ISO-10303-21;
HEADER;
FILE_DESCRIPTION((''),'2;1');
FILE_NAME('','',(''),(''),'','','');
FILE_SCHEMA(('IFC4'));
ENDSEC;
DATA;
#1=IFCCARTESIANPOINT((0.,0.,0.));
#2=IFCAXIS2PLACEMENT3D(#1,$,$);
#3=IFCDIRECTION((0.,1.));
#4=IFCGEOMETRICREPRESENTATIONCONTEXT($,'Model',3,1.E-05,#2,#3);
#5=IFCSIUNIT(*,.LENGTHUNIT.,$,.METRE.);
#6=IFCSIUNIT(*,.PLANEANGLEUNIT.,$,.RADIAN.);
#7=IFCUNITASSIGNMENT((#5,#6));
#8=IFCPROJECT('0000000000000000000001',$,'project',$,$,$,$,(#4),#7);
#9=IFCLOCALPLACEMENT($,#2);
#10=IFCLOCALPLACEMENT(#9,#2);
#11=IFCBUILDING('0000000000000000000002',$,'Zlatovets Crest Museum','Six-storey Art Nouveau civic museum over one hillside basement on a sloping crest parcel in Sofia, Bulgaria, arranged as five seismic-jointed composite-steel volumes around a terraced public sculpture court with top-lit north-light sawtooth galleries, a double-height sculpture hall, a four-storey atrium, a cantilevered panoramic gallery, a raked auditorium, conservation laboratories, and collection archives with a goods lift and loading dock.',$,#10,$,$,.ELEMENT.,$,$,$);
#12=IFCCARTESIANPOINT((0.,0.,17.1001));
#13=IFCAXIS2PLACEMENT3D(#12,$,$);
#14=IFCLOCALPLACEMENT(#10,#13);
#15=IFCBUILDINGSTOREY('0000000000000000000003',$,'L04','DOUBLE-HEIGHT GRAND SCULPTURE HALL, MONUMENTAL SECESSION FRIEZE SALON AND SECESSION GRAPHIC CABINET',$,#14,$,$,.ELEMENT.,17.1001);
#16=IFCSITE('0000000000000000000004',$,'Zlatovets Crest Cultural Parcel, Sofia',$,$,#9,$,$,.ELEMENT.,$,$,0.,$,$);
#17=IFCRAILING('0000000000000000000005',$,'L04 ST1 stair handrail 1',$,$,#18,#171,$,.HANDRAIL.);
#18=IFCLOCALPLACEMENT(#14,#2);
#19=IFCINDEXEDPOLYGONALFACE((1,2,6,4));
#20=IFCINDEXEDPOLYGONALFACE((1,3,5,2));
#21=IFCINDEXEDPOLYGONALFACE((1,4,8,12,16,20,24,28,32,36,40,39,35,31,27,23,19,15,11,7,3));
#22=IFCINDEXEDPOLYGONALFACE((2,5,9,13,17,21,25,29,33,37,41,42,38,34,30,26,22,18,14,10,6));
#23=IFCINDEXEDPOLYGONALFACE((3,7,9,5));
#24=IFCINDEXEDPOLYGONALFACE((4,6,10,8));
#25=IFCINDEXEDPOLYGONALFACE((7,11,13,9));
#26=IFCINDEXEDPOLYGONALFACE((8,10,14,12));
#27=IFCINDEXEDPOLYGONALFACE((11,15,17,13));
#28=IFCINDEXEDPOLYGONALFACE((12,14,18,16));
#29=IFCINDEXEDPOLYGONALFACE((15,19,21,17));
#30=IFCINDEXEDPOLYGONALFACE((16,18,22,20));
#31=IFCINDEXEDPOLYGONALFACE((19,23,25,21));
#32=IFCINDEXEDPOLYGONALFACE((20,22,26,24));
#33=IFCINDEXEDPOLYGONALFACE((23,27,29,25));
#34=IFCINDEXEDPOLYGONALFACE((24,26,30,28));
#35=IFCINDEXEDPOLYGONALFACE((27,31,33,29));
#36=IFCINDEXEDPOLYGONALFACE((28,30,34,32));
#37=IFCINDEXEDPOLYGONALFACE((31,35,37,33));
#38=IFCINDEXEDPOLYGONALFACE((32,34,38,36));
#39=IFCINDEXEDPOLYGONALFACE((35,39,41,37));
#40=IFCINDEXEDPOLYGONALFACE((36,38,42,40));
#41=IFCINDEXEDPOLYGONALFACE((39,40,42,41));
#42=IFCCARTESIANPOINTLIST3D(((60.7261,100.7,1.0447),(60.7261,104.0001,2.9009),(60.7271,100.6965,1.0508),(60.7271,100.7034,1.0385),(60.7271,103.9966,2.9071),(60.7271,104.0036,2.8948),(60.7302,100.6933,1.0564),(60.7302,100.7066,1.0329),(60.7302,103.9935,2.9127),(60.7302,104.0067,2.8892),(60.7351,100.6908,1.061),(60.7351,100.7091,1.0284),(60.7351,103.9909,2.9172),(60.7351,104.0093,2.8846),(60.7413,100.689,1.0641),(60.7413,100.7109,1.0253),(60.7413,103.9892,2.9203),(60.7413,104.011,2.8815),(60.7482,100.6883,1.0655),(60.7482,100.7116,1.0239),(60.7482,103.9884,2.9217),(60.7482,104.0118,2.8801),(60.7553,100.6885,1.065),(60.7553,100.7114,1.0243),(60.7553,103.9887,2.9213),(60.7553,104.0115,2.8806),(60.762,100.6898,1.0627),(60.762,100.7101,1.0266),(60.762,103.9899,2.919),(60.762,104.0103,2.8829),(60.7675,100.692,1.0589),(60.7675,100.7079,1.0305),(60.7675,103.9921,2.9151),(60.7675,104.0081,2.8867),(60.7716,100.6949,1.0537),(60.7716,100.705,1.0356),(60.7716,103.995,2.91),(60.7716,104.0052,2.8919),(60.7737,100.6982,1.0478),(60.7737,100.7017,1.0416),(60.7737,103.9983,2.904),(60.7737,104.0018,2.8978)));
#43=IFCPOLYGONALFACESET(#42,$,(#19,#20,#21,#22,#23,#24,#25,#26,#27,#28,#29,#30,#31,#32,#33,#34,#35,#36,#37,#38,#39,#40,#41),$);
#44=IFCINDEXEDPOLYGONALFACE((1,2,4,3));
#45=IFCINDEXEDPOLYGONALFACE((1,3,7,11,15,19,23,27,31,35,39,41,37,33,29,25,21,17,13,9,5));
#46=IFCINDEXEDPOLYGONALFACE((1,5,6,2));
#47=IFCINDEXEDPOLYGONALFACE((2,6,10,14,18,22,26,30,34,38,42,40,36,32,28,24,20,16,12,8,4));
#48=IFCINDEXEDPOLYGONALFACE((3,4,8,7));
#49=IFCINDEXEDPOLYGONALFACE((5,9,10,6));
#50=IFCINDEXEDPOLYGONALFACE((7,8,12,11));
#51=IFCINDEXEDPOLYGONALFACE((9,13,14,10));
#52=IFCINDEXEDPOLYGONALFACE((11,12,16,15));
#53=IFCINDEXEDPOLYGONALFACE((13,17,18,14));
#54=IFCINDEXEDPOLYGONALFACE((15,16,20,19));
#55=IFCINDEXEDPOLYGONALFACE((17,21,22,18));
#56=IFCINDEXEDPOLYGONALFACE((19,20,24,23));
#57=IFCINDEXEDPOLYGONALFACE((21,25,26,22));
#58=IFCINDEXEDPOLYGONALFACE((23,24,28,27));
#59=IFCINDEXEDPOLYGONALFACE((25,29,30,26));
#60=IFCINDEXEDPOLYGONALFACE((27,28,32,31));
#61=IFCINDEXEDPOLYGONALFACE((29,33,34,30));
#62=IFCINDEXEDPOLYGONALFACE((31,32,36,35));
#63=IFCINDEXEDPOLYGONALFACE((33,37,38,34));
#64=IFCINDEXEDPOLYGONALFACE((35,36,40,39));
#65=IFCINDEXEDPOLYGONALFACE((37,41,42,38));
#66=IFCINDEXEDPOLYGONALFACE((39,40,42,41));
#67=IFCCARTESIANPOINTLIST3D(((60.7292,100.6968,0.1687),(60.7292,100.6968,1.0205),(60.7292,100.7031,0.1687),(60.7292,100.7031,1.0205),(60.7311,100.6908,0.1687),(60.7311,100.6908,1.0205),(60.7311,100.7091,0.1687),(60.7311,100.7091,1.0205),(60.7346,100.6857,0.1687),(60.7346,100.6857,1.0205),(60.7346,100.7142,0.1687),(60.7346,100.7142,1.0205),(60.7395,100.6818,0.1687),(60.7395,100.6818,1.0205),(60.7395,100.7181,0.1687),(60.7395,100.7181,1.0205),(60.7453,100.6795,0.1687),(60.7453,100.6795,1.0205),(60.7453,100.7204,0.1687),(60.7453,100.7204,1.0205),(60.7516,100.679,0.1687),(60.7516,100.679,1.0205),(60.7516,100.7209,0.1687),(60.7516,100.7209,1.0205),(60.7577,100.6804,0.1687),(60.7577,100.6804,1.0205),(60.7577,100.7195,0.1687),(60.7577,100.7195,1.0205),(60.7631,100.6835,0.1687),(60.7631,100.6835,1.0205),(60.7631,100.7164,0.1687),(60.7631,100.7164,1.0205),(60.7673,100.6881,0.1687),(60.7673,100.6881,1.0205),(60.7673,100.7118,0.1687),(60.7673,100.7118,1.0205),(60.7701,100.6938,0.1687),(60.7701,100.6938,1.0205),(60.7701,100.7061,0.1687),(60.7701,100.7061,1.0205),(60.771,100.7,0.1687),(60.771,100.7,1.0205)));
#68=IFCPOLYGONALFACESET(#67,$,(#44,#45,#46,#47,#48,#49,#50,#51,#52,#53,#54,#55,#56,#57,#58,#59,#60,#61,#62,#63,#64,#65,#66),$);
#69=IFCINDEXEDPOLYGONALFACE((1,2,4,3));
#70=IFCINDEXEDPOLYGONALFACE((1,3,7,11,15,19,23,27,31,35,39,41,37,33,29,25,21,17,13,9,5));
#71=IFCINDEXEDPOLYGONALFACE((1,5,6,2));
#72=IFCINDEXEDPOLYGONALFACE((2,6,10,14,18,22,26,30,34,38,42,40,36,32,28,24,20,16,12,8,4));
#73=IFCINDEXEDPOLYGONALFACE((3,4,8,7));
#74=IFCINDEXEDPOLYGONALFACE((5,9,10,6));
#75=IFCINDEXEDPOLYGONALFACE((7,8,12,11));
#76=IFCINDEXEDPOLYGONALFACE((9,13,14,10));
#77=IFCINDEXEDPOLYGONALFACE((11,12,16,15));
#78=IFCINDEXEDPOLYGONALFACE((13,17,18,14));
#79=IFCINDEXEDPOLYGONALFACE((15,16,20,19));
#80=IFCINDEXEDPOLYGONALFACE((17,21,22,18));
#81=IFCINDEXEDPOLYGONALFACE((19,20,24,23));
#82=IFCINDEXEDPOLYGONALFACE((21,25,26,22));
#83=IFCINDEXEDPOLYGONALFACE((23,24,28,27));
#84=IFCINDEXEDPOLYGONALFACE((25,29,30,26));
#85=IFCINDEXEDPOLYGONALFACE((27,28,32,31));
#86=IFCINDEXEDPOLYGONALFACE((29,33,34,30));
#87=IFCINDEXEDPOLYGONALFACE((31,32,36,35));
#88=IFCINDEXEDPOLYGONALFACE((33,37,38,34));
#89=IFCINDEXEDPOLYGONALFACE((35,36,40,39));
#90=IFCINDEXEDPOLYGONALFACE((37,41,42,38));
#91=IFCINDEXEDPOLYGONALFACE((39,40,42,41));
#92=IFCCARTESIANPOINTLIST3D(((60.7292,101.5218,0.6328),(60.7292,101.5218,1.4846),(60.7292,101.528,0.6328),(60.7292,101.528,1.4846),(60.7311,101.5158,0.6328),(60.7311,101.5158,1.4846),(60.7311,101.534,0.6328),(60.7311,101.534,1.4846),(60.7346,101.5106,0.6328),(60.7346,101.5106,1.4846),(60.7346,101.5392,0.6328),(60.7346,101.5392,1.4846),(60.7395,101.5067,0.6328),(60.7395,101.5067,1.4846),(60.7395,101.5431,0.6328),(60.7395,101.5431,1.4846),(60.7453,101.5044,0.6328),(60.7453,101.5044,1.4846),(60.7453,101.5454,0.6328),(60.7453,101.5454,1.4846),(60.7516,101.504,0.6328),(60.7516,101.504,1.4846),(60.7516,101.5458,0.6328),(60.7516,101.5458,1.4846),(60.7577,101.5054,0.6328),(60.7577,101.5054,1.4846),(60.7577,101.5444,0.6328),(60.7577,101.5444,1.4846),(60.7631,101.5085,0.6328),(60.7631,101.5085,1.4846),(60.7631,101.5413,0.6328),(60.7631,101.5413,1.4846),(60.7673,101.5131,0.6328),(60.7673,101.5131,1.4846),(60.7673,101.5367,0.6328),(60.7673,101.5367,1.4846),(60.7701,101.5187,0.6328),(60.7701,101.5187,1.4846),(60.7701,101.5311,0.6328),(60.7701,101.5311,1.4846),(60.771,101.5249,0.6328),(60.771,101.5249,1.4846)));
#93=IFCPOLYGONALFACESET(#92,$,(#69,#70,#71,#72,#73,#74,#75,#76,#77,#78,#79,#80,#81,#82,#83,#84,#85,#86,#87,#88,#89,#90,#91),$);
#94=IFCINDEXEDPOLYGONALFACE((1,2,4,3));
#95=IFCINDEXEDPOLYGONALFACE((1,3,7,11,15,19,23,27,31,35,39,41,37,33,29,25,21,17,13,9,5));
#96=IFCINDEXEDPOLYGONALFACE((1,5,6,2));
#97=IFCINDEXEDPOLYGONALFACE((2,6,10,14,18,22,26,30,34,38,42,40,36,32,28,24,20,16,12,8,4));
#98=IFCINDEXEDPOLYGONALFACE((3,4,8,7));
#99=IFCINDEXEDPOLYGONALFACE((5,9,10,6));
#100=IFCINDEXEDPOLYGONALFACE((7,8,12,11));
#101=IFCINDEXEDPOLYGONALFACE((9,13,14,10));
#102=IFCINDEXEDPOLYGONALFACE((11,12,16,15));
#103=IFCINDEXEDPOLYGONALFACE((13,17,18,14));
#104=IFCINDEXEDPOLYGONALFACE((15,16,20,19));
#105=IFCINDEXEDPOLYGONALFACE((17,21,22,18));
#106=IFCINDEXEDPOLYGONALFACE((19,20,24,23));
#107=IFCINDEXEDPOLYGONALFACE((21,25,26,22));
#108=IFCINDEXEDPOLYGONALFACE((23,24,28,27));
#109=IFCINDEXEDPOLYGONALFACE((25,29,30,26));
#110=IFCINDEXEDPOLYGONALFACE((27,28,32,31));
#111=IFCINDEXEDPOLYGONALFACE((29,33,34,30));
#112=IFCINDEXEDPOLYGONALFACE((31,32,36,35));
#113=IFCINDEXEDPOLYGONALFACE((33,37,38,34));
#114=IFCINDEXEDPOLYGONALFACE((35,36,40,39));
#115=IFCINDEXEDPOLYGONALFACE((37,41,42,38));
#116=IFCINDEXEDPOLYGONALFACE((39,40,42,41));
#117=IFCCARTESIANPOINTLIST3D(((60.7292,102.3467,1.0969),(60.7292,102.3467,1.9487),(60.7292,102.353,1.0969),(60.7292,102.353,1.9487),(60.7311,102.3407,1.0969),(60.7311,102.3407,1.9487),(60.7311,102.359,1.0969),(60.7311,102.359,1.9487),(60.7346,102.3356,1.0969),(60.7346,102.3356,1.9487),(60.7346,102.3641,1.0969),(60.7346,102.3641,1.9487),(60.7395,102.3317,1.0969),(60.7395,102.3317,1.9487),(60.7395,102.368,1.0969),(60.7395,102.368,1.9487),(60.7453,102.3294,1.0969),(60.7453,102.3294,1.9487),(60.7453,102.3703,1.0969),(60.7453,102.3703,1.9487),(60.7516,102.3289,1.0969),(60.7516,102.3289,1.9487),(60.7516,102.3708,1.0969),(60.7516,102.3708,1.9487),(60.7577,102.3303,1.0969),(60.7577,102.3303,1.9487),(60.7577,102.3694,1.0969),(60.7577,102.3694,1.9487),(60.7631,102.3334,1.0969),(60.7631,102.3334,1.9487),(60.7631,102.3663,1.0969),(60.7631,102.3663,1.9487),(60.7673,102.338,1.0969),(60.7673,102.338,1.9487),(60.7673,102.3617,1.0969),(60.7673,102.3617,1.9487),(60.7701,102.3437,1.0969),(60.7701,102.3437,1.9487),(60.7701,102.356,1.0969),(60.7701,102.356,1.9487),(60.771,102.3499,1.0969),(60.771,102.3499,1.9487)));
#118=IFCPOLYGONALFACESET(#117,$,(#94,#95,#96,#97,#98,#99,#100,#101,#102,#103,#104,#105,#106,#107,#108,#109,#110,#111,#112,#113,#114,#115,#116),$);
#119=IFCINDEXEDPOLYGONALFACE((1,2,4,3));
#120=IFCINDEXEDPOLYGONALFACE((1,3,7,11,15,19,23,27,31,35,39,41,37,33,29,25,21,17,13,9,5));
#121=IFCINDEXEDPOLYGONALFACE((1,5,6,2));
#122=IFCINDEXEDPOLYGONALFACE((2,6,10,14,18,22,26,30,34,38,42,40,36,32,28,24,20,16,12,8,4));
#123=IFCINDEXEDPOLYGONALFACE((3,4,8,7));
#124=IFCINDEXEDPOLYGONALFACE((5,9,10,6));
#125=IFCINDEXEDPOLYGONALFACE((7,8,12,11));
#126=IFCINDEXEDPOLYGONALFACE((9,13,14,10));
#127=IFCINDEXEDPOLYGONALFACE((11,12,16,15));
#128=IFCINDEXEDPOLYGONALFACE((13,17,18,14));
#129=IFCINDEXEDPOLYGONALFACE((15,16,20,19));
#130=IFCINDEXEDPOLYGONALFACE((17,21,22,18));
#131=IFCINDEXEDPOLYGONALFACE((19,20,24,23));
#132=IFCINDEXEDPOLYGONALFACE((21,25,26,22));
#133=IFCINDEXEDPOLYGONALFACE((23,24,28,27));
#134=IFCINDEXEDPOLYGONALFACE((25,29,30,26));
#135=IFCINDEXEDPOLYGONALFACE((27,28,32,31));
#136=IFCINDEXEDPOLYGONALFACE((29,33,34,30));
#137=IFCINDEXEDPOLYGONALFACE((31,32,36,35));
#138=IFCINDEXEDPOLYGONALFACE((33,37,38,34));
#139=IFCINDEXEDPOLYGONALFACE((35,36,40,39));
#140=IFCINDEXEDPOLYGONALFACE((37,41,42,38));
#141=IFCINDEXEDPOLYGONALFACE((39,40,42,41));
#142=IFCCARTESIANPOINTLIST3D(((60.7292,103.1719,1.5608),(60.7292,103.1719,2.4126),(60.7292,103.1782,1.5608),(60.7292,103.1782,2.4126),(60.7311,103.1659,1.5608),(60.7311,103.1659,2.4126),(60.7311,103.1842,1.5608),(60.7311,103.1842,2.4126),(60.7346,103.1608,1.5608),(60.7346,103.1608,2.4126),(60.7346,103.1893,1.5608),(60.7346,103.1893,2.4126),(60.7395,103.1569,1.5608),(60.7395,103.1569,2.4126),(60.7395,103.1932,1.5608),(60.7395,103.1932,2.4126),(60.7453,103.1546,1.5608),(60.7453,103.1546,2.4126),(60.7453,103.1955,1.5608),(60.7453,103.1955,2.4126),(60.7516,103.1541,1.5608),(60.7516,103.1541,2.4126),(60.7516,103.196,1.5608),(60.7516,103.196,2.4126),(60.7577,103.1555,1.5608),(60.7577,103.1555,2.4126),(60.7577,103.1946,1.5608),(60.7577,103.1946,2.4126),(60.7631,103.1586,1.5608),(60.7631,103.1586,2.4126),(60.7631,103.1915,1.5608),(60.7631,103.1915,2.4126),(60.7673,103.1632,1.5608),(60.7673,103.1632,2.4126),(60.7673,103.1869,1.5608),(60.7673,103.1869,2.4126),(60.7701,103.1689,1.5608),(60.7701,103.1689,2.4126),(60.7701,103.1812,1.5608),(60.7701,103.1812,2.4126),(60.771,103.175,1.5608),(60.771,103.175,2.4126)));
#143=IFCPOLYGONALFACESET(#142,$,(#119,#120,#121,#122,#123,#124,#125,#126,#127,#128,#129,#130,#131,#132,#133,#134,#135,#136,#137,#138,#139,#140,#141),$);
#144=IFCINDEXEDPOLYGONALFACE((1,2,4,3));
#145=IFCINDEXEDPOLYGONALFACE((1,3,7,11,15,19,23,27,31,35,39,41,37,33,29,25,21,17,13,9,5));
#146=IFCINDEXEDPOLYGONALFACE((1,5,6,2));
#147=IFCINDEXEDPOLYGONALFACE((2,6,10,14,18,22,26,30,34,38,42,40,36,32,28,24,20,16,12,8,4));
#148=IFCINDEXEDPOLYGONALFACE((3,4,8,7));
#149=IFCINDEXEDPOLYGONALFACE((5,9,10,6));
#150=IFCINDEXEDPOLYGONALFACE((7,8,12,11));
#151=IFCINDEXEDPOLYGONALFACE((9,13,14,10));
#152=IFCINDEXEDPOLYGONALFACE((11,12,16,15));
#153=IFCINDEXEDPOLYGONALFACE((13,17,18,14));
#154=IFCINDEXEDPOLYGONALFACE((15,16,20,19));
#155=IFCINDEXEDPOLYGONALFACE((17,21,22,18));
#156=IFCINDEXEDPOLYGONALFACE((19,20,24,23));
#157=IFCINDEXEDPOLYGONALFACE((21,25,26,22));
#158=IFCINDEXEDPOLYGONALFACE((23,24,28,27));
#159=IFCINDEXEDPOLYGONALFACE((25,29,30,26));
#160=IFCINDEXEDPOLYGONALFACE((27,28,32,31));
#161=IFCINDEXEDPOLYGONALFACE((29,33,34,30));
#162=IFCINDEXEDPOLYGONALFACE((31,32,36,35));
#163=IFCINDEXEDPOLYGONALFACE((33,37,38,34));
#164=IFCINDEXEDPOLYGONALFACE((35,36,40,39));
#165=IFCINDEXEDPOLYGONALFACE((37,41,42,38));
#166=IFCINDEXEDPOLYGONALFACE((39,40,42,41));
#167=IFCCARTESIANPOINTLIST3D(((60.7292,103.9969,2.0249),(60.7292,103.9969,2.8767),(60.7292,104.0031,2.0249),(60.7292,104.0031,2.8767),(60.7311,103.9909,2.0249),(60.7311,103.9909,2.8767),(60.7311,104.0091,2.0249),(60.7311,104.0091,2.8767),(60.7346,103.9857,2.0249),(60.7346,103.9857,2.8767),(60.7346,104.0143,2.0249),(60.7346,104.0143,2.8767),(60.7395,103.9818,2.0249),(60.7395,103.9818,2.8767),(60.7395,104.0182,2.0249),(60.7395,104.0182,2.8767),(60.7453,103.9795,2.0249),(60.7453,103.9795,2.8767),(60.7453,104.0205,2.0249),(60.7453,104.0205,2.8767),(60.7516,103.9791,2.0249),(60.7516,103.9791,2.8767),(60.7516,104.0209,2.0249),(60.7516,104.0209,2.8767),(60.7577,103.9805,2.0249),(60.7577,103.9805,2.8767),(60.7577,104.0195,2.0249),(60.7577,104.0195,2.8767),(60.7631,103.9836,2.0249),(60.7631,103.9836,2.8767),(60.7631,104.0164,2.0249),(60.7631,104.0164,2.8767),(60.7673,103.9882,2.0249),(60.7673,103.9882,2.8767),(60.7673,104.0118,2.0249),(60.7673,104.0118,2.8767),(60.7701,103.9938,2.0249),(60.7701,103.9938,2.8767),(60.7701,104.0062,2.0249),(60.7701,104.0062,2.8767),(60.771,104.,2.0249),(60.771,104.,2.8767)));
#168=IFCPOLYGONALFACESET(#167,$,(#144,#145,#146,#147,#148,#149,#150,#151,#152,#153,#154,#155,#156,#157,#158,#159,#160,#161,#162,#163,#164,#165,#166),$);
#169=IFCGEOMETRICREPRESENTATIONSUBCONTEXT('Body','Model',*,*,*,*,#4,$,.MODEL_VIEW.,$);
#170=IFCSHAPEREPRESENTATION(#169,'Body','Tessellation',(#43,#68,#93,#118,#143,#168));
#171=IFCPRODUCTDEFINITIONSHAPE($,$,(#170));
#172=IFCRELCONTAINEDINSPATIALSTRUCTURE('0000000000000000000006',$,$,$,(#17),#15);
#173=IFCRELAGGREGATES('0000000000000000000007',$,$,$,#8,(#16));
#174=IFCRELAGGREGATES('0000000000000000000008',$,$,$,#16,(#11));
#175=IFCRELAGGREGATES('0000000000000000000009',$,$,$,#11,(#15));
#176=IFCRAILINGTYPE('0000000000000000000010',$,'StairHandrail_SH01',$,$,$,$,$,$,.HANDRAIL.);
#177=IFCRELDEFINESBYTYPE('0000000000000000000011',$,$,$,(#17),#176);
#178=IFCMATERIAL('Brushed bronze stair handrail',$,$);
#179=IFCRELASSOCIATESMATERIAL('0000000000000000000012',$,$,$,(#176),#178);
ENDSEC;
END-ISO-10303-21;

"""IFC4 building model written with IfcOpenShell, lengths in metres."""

from ifc_helpers import new_model, si_unit, direction, frame, origin, origin_2d, place, context, subcontext, project, spatial, circle, extrude, material, type_object, element, save


model = new_model("IFC4")

# Units and contexts
model_context = context("Model", 3, precision=1e-05, world=origin(), true_north=direction((0.0, 1.0)))
body_context = subcontext(model_context, "Body", "Model", "MODEL_VIEW")
ifc_project = project(units=[si_unit("LENGTHUNIT", "METRE"), si_unit("PLANEANGLEUNIT", "RADIAN")], contexts=[model_context])

# Site, building, storey
site_placement = place(None, origin())
site = spatial("IfcSite", under=ifc_project, at=site_placement, Name="Zlatovets Crest Cultural Parcel, Sofia", CompositionType="ELEMENT", RefElevation=0.0)
building_placement = place(site_placement, origin())
building = spatial("IfcBuilding", under=site, at=building_placement, Name="Zlatovets Crest Museum", Description="Six-storey Art Nouveau civic museum over one hillside basement on a sloping crest parcel in Sofia, Bulgaria, arranged as five seismic-jointed composite-steel volumes around a terraced public sculpture court with top-lit north-light sawtooth galleries, a double-height sculpture hall, a four-storey atrium, a cantilevered panoramic gallery, a raked auditorium, conservation laboratories, and collection archives with a goods lift and loading dock.", CompositionType="ELEMENT")
storey_placement = place(building_placement, frame((0.0, 0.0, 17.1001)))
storey = spatial("IfcBuildingStorey", under=building, at=storey_placement, Name="L04", Description="DOUBLE-HEIGHT GRAND SCULPTURE HALL, MONUMENTAL SECESSION FRIEZE SALON AND SECESSION GRAPHIC CABINET", CompositionType="ELEMENT", Elevation=17.1001)

# Railing
ifc_material_1 = material(Name="Brushed bronze stair handrail")
railing_type_1 = type_object("IfcRailingType", Name="StairHandrail_SH01", PredefinedType="HANDRAIL", material=ifc_material_1)
railing_1_placement = place(storey_placement, frame((60.75, 100.7, 0.1687)))
element("IfcRailing", 1, at=railing_1_placement, inside=storey, type_object=railing_type_1, Name="L04 ST1 stair handrail 1", PredefinedType="HANDRAIL", context=body_context, shape_type="SweptSolid", body=[
    extrude(circle(Radius=0.0239, at=origin_2d()), frame((0.0, 0.0, 0.876), z_axis=(0.0, 0.871584, 0.490246), x_axis=(-1.0, 0.0, 0.0)), (0.0, 0.0, 1.0), 3.7864),
    extrude(circle(Radius=0.021, at=origin_2d()), origin(), (0.0, 0.0, 1.0), 0.8518),
    extrude(circle(Radius=0.021, at=origin_2d()), frame((0.0, 0.825, 0.4641)), (0.0, 0.0, 1.0), 0.8518),
    extrude(circle(Radius=0.021, at=origin_2d()), frame((0.0, 1.6499, 0.9282)), (0.0, 0.0, 1.0), 0.8518),
    extrude(circle(Radius=0.021, at=origin_2d()), frame((0.0, 2.4751, 1.3921)), (0.0, 0.0, 1.0), 0.8518),
    extrude(circle(Radius=0.021, at=origin_2d()), frame((0.0, 3.3, 1.8562)), (0.0, 0.0, 1.0), 0.8518),
])

save(model, "model.ifc")
